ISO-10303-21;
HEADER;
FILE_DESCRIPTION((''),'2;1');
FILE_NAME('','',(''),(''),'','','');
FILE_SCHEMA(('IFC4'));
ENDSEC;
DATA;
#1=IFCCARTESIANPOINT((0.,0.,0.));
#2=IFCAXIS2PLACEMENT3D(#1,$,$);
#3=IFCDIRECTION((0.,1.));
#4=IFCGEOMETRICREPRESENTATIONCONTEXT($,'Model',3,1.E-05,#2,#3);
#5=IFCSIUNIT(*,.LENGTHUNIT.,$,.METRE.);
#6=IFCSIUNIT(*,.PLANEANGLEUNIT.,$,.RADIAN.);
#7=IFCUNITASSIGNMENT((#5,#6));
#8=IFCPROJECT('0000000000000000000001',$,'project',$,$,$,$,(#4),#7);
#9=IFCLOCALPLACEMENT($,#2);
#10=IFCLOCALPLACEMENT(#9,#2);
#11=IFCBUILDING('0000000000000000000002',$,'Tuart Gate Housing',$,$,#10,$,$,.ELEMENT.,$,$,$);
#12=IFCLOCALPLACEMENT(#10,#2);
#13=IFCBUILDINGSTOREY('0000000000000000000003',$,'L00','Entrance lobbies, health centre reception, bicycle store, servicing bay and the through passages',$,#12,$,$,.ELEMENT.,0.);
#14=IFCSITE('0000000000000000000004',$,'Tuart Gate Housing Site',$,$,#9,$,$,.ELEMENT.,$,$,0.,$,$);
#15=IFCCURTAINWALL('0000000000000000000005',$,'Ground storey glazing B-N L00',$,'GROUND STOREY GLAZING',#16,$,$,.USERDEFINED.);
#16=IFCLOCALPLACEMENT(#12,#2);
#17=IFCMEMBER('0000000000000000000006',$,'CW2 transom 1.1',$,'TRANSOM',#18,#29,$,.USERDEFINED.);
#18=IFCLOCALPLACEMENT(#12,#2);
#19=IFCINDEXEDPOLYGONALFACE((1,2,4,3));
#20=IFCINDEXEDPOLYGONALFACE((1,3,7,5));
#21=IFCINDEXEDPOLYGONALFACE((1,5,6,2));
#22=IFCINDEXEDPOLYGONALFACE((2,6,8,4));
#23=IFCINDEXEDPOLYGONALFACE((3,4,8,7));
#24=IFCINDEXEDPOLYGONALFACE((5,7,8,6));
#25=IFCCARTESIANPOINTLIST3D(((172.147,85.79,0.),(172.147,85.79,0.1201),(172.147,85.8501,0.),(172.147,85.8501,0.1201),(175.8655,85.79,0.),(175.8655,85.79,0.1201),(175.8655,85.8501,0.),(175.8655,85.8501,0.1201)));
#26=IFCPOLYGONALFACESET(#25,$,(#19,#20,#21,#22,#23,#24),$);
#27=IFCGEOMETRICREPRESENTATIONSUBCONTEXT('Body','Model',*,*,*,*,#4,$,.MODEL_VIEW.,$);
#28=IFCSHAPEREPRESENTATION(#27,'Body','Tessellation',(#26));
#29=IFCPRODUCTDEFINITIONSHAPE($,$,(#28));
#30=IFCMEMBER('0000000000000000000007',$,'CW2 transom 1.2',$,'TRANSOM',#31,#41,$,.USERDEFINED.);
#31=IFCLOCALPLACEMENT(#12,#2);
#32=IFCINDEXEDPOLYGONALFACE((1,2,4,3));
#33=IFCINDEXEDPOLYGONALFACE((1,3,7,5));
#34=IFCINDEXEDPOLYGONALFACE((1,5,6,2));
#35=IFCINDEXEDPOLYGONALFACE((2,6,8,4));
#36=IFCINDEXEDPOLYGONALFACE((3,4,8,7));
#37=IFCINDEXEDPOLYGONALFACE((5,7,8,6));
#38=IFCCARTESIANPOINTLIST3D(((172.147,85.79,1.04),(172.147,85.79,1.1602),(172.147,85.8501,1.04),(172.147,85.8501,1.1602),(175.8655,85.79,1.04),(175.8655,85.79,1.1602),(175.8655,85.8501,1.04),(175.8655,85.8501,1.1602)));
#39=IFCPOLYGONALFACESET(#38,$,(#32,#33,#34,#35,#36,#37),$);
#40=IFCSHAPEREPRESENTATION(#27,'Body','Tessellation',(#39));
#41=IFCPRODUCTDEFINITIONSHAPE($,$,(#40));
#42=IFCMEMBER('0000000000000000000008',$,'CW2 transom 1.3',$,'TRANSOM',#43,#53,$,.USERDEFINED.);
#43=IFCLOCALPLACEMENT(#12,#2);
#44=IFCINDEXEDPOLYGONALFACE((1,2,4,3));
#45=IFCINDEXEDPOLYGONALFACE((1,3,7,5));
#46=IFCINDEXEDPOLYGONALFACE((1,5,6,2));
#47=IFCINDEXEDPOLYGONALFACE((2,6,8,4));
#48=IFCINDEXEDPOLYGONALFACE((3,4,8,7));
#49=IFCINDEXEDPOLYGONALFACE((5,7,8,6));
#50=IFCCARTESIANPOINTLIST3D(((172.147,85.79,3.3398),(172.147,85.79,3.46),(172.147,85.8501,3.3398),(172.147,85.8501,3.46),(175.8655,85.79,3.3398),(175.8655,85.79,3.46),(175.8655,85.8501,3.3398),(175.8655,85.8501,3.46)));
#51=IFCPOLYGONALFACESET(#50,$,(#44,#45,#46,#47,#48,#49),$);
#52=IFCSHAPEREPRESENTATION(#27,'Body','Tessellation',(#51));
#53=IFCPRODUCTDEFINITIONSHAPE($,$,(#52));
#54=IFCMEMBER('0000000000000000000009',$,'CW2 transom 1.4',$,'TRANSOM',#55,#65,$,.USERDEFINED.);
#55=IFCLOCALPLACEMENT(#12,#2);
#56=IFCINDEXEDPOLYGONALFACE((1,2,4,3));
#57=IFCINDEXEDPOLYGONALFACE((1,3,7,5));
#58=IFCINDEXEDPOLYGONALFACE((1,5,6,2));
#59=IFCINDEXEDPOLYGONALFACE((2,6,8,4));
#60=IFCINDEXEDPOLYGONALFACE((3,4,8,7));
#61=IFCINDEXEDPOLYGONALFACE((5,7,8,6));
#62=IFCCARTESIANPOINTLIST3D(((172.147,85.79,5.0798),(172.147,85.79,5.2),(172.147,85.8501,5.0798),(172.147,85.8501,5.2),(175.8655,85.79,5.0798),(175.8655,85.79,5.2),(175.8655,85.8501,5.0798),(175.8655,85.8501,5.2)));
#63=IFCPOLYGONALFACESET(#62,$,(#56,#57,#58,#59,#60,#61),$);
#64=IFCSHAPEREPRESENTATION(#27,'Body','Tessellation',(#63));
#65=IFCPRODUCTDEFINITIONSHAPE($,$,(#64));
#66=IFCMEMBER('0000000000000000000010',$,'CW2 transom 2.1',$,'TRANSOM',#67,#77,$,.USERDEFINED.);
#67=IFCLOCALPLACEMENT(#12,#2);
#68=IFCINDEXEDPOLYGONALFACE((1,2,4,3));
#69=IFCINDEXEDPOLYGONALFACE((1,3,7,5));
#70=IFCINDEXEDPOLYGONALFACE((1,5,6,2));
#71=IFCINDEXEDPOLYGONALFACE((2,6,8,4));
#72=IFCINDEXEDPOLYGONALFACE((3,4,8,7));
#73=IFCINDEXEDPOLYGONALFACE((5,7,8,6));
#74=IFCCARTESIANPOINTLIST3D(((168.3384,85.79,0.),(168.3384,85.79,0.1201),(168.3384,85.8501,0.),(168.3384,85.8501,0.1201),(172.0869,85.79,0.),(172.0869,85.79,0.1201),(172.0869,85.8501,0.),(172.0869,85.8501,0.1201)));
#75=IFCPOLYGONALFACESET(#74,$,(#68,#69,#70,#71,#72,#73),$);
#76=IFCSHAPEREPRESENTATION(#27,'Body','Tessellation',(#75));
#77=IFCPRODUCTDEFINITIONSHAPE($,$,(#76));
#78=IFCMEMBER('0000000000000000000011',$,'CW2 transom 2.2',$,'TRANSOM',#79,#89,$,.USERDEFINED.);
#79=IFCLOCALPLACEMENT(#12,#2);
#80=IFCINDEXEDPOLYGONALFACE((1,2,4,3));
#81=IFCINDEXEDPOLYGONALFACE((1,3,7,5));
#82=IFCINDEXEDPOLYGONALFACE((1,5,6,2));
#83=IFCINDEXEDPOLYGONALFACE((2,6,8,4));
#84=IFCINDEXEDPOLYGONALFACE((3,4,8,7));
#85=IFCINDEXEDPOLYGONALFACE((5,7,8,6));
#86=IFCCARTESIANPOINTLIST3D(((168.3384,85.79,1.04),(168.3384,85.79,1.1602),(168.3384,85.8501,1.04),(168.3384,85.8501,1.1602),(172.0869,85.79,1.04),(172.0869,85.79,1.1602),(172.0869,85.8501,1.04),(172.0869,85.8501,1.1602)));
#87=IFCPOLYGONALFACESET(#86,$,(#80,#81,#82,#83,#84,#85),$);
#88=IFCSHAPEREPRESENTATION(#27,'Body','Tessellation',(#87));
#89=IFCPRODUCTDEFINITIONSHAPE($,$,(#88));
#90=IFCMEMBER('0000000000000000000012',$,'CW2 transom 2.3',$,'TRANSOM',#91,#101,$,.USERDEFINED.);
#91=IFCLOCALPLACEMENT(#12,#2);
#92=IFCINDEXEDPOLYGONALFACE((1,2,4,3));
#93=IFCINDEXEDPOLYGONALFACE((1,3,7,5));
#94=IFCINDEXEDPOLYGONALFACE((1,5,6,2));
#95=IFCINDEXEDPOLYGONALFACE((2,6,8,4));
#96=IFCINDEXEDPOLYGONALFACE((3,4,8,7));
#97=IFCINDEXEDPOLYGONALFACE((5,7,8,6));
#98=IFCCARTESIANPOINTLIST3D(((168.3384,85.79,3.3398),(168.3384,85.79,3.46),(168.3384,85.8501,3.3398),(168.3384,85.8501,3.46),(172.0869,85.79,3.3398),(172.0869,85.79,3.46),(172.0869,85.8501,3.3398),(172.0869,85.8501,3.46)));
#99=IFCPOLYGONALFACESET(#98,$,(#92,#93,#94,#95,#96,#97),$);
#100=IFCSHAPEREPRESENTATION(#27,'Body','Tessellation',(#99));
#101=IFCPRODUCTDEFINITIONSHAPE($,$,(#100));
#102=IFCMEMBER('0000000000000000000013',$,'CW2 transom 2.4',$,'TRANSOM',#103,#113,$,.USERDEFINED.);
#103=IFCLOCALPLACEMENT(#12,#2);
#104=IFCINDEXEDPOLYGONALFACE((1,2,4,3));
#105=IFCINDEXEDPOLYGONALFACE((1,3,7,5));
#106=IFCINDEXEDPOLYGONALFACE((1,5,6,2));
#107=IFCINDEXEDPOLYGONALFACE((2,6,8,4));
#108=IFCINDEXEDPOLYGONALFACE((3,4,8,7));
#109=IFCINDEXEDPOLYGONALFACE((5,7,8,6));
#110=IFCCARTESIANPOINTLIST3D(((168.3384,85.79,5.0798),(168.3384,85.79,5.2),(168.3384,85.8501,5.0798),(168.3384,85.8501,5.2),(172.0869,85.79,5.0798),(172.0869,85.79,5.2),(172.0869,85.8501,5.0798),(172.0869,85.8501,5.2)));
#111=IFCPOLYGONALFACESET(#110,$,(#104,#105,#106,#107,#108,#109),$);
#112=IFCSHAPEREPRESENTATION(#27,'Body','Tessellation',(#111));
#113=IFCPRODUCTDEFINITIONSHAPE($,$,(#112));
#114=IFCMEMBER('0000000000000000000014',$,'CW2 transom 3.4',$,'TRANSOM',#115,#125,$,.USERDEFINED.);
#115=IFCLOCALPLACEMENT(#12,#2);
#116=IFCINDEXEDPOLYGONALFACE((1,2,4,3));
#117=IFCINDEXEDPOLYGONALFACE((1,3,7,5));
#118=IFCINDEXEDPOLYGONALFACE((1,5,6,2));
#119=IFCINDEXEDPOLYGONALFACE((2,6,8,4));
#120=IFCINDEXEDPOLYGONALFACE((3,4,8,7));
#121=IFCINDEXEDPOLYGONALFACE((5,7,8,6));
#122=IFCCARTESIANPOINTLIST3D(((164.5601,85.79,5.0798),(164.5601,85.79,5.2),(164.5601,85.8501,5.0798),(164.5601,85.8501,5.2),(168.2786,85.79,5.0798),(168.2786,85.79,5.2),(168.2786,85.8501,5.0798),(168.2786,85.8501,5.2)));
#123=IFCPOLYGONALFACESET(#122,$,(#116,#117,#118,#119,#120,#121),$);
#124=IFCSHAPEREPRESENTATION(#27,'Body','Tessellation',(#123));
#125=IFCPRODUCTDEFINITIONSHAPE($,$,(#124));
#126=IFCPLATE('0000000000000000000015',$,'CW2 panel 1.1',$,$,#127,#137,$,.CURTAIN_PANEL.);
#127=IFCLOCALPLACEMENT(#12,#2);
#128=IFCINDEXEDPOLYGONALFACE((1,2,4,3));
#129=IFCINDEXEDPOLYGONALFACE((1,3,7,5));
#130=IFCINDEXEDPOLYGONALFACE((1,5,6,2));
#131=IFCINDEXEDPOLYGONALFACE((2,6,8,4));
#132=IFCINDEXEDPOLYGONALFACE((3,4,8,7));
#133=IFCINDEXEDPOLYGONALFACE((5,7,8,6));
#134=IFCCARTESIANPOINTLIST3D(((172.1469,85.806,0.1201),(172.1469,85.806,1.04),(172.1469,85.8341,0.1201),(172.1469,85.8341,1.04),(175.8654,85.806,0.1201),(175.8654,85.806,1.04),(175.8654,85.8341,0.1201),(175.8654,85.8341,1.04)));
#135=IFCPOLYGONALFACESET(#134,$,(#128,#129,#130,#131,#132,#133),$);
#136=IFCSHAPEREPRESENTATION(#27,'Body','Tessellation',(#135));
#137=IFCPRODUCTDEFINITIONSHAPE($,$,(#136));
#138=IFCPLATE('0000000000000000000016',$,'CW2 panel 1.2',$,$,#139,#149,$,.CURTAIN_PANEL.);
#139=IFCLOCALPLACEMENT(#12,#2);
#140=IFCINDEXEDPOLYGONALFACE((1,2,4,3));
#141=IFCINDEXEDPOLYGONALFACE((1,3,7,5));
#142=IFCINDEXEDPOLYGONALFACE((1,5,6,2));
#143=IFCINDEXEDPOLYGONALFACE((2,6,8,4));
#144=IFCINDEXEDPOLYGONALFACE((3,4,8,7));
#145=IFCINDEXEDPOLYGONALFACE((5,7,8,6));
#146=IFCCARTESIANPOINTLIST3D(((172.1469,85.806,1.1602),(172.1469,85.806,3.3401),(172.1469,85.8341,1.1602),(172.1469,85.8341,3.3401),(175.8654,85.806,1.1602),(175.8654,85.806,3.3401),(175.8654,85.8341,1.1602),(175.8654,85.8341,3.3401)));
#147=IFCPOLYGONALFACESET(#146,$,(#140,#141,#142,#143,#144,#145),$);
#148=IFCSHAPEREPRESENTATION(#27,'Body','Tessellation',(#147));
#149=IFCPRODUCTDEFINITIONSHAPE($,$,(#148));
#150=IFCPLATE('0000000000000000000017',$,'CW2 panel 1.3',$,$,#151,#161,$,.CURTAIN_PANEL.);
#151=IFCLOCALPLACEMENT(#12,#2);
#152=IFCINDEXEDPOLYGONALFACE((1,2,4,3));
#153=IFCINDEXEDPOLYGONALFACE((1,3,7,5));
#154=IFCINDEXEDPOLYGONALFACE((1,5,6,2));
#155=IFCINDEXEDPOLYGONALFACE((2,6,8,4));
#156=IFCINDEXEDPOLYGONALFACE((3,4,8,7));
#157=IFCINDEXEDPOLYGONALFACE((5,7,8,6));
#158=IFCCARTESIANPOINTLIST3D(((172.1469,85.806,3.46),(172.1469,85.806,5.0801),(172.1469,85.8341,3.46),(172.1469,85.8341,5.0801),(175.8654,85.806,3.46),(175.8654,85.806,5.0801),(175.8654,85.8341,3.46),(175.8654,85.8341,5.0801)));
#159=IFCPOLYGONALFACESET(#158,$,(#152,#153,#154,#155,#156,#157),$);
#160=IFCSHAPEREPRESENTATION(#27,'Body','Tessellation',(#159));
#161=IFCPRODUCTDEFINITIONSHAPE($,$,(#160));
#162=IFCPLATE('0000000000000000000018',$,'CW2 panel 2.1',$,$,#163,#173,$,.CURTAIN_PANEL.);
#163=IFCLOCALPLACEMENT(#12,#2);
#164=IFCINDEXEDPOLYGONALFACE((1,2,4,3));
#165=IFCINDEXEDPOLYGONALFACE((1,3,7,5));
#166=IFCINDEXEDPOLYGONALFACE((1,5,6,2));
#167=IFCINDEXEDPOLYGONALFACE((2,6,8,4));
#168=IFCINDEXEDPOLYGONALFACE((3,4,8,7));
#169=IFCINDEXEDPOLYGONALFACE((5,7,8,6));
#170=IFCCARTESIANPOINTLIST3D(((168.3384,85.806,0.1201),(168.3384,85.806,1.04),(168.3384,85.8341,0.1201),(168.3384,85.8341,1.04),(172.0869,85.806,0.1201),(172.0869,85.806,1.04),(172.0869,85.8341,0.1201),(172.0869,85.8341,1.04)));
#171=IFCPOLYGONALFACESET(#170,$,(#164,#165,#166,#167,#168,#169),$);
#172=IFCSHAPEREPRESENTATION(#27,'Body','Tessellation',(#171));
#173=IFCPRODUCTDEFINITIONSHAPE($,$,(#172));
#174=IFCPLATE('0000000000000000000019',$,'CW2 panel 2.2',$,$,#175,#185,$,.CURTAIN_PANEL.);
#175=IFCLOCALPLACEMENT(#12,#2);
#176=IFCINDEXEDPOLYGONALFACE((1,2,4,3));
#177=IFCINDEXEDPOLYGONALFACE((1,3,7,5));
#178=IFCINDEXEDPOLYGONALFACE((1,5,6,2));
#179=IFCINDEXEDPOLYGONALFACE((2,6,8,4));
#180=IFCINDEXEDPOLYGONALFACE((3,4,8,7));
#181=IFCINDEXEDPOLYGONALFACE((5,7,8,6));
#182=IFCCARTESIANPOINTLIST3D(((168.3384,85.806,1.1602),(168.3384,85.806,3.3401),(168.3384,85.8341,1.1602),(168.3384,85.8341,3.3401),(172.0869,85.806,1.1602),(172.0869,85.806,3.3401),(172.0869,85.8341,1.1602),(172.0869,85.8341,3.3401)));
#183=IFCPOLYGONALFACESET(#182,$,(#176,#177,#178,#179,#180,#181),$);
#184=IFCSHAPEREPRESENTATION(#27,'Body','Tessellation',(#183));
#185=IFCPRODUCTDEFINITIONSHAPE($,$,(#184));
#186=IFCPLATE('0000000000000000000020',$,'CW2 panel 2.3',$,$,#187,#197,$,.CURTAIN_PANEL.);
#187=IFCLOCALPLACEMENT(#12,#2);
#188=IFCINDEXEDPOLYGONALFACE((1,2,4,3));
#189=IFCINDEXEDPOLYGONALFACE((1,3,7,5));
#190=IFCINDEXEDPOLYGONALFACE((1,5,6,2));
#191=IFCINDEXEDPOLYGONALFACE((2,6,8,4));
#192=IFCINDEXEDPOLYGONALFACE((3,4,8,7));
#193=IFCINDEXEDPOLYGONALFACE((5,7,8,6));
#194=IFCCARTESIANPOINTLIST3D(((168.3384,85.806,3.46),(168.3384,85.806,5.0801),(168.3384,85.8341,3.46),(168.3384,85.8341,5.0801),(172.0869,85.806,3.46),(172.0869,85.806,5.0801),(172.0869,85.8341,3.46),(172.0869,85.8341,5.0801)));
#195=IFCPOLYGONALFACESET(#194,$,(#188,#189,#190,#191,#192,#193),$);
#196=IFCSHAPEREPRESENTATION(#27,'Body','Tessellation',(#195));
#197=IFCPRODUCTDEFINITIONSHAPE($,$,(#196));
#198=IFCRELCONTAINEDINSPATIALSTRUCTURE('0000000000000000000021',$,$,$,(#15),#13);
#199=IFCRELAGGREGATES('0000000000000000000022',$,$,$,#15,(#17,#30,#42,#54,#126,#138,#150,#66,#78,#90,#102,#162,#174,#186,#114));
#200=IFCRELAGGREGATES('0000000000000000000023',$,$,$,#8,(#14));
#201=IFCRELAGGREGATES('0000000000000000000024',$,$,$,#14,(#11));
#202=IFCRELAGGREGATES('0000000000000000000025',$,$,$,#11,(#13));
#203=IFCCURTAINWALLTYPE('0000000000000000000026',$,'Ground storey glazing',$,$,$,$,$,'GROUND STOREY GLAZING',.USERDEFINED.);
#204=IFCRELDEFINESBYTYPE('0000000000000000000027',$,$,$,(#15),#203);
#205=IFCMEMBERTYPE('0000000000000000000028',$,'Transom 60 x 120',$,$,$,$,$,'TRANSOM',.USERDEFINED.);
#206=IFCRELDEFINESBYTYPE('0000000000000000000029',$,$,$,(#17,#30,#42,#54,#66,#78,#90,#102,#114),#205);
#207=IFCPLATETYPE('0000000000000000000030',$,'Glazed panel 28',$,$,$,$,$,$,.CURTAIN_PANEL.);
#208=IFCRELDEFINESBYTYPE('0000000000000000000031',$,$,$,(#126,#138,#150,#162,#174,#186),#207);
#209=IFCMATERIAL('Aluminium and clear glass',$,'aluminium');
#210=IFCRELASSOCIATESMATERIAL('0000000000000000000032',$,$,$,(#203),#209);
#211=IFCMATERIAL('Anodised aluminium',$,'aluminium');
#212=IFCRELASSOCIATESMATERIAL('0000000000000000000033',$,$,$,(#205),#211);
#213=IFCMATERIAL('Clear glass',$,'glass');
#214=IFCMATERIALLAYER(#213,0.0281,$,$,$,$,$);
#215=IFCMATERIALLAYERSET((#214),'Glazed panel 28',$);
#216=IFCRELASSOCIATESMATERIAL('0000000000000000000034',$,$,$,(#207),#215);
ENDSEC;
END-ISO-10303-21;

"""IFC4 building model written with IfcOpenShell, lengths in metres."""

from ifc_helpers import new_model, si_unit, direction, frame, origin, origin_2d, place, context, subcontext, project, spatial, rectangle, extrude, material, layer, layer_set, material_profile, profile_set, type_object, element, aggregate, save


model = new_model("IFC4")

# Units and contexts
model_context = context("Model", 3, precision=1e-05, world=origin(), true_north=direction((0.0, 1.0)))
body_context = subcontext(model_context, "Body", "Model", "MODEL_VIEW")
ifc_project = project(units=[si_unit("LENGTHUNIT", "METRE"), si_unit("PLANEANGLEUNIT", "RADIAN")], contexts=[model_context])

# Site, building, storey
site_placement = place(None, origin())
site = spatial("IfcSite", under=ifc_project, at=site_placement, Name="Tuart Gate Housing Site", CompositionType="ELEMENT", RefElevation=0.0)
building_placement = place(site_placement, origin())
building = spatial("IfcBuilding", under=site, at=building_placement, Name="Tuart Gate Housing", CompositionType="ELEMENT")
storey_placement = place(building_placement, origin())
storey = spatial("IfcBuildingStorey", under=building, at=storey_placement, Name="L00", Description="Entrance lobbies, health centre reception, bicycle store, servicing bay and the through passages", CompositionType="ELEMENT", Elevation=0.0)

# Curtain wall, members, plates
ifc_material_1 = material(Name="Aluminium and clear glass", Category="aluminium")
curtain_wall_type = type_object("IfcCurtainWallType", Name="Ground storey glazing", ElementType="GROUND STOREY GLAZING", PredefinedType="USERDEFINED", material=ifc_material_1)
curtain_wall_placement = place(storey_placement, origin())
curtain_wall = element("IfcCurtainWall", 1, at=curtain_wall_placement, inside=storey, type_object=curtain_wall_type, Name="Ground storey glazing B-N L00", ObjectType="GROUND STOREY GLAZING", PredefinedType="USERDEFINED")
ifc_material_2 = material(Name="Anodised aluminium", Category="aluminium")
ifc_material_profile_1 = material_profile(ifc_material_2, rectangle(XDim=0.0601, YDim=0.1201, at=origin_2d()), Name="60x120")
ifc_profile_set_1 = profile_set([ifc_material_profile_1], Name="Anodised aluminium")
member_type_1 = type_object("IfcMemberType", Name="Transom 60 x 120", ElementType="TRANSOM", PredefinedType="USERDEFINED", material=ifc_profile_set_1)
member_1_placement = place(storey_placement, frame((175.8655, 85.8201, 0.0601), z_axis=(-1.0, 0.0, 0.0), x_axis=(0.0, -1.0, 0.0)))
member_1 = element("IfcMember", 2, at=member_1_placement, type_object=member_type_1, Name="CW2 transom 1.1", ObjectType="TRANSOM", PredefinedType="USERDEFINED", context=body_context, shape_type="SweptSolid", body=[
    extrude(rectangle(XDim=0.0601, YDim=0.1201, at=origin_2d()), origin(), (0.0, 0.0, 1.0), 3.7185),
])
member_2_placement = place(storey_placement, frame((175.8655, 85.8201, 1.1001), z_axis=(-1.0, 0.0, 0.0), x_axis=(0.0, -1.0, 0.0)))
member_2 = element("IfcMember", 3, at=member_2_placement, type_object=member_type_1, Name="CW2 transom 1.2", ObjectType="TRANSOM", PredefinedType="USERDEFINED", context=body_context, shape_type="SweptSolid", body=[
    extrude(rectangle(XDim=0.0601, YDim=0.1201, at=origin_2d()), origin(), (0.0, 0.0, 1.0), 3.7185),
])
member_3_placement = place(storey_placement, frame((175.8655, 85.8201, 3.3999), z_axis=(-1.0, 0.0, 0.0), x_axis=(0.0, -1.0, 0.0)))
member_3 = element("IfcMember", 4, at=member_3_placement, type_object=member_type_1, Name="CW2 transom 1.3", ObjectType="TRANSOM", PredefinedType="USERDEFINED", context=body_context, shape_type="SweptSolid", body=[
    extrude(rectangle(XDim=0.0601, YDim=0.1201, at=origin_2d()), origin(), (0.0, 0.0, 1.0), 3.7185),
])
member_4_placement = place(storey_placement, frame((175.8655, 85.8201, 5.1399), z_axis=(-1.0, 0.0, 0.0), x_axis=(0.0, -1.0, 0.0)))
member_4 = element("IfcMember", 5, at=member_4_placement, type_object=member_type_1, Name="CW2 transom 1.4", ObjectType="TRANSOM", PredefinedType="USERDEFINED", context=body_context, shape_type="SweptSolid", body=[
    extrude(rectangle(XDim=0.0601, YDim=0.1201, at=origin_2d()), origin(), (0.0, 0.0, 1.0), 3.7185),
])
member_5_placement = place(storey_placement, frame((172.0869, 85.8201, 0.0601), z_axis=(-1.0, 0.0, 0.0), x_axis=(0.0, -1.0, 0.0)))
member_5 = element("IfcMember", 6, at=member_5_placement, type_object=member_type_1, Name="CW2 transom 2.1", ObjectType="TRANSOM", PredefinedType="USERDEFINED", context=body_context, shape_type="SweptSolid", body=[
    extrude(rectangle(XDim=0.0601, YDim=0.1201, at=origin_2d()), origin(), (0.0, 0.0, 1.0), 3.7485),
])
member_6_placement = place(storey_placement, frame((172.0869, 85.8201, 1.1001), z_axis=(-1.0, 0.0, 0.0), x_axis=(0.0, -1.0, 0.0)))
member_6 = element("IfcMember", 7, at=member_6_placement, type_object=member_type_1, Name="CW2 transom 2.2", ObjectType="TRANSOM", PredefinedType="USERDEFINED", context=body_context, shape_type="SweptSolid", body=[
    extrude(rectangle(XDim=0.0601, YDim=0.1201, at=origin_2d()), origin(), (0.0, 0.0, 1.0), 3.7485),
])
member_7_placement = place(storey_placement, frame((172.0869, 85.8201, 3.3999), z_axis=(-1.0, 0.0, 0.0), x_axis=(0.0, -1.0, 0.0)))
member_7 = element("IfcMember", 8, at=member_7_placement, type_object=member_type_1, Name="CW2 transom 2.3", ObjectType="TRANSOM", PredefinedType="USERDEFINED", context=body_context, shape_type="SweptSolid", body=[
    extrude(rectangle(XDim=0.0601, YDim=0.1201, at=origin_2d()), origin(), (0.0, 0.0, 1.0), 3.7485),
])
member_8_placement = place(storey_placement, frame((172.0869, 85.8201, 5.1399), z_axis=(-1.0, 0.0, 0.0), x_axis=(0.0, -1.0, 0.0)))
member_8 = element("IfcMember", 9, at=member_8_placement, type_object=member_type_1, Name="CW2 transom 2.4", ObjectType="TRANSOM", PredefinedType="USERDEFINED", context=body_context, shape_type="SweptSolid", body=[
    extrude(rectangle(XDim=0.0601, YDim=0.1201, at=origin_2d()), origin(), (0.0, 0.0, 1.0), 3.7485),
])
member_9_placement = place(storey_placement, frame((168.2786, 85.8201, 5.1399), z_axis=(-1.0, 0.0, 0.0), x_axis=(0.0, -1.0, 0.0)))
member_9 = element("IfcMember", 10, at=member_9_placement, type_object=member_type_1, Name="CW2 transom 3.4", ObjectType="TRANSOM", PredefinedType="USERDEFINED", context=body_context, shape_type="SweptSolid", body=[
    extrude(rectangle(XDim=0.0601, YDim=0.1201, at=origin_2d()), origin(), (0.0, 0.0, 1.0), 3.7185),
])
ifc_material_3 = material(Name="Clear glass", Category="glass")
ifc_layer = layer(ifc_material_3, 0.0281)
ifc_layer_set = layer_set([ifc_layer], Name="Glazed panel 28")
plate_type = type_object("IfcPlateType", Name="Glazed panel 28", PredefinedType="CURTAIN_PANEL", material=ifc_layer_set)
plate_1_placement = place(storey_placement, frame((174.0061, 85.8201, 0.1201), z_axis=(0.0, 0.0, 1.0), x_axis=(-1.0, 0.0, 0.0)))
plate_1 = element("IfcPlate", 11, at=plate_1_placement, type_object=plate_type, Name="CW2 panel 1.1", PredefinedType="CURTAIN_PANEL", context=body_context, shape_type="SweptSolid", body=[
    extrude(rectangle(XDim=3.7185, YDim=0.0281, at=origin_2d()), origin(), (0.0, 0.0, 1.0), 0.9199),
])
plate_2_placement = place(storey_placement, frame((174.0061, 85.8201, 1.1602), z_axis=(0.0, 0.0, 1.0), x_axis=(-1.0, 0.0, 0.0)))
plate_2 = element("IfcPlate", 12, at=plate_2_placement, type_object=plate_type, Name="CW2 panel 1.2", PredefinedType="CURTAIN_PANEL", context=body_context, shape_type="SweptSolid", body=[
    extrude(rectangle(XDim=3.7185, YDim=0.0281, at=origin_2d()), origin(), (0.0, 0.0, 1.0), 2.1799),
])
plate_3_placement = place(storey_placement, frame((174.0061, 85.8201, 3.46), z_axis=(0.0, 0.0, 1.0), x_axis=(-1.0, 0.0, 0.0)))
plate_3 = element("IfcPlate", 13, at=plate_3_placement, type_object=plate_type, Name="CW2 panel 1.3", PredefinedType="CURTAIN_PANEL", context=body_context, shape_type="SweptSolid", body=[
    extrude(rectangle(XDim=3.7185, YDim=0.0281, at=origin_2d()), origin(), (0.0, 0.0, 1.0), 1.6201),
])
plate_4_placement = place(storey_placement, frame((170.2126, 85.8201, 0.1201), z_axis=(0.0, 0.0, 1.0), x_axis=(-1.0, 0.0, 0.0)))
plate_4 = element("IfcPlate", 14, at=plate_4_placement, type_object=plate_type, Name="CW2 panel 2.1", PredefinedType="CURTAIN_PANEL", context=body_context, shape_type="SweptSolid", body=[
    extrude(rectangle(XDim=3.7485, YDim=0.0281, at=origin_2d()), origin(), (0.0, 0.0, 1.0), 0.9199),
])
plate_5_placement = place(storey_placement, frame((170.2126, 85.8201, 1.1602), z_axis=(0.0, 0.0, 1.0), x_axis=(-1.0, 0.0, 0.0)))
plate_5 = element("IfcPlate", 15, at=plate_5_placement, type_object=plate_type, Name="CW2 panel 2.2", PredefinedType="CURTAIN_PANEL", context=body_context, shape_type="SweptSolid", body=[
    extrude(rectangle(XDim=3.7485, YDim=0.0281, at=origin_2d()), origin(), (0.0, 0.0, 1.0), 2.1799),
])
plate_6_placement = place(storey_placement, frame((170.2126, 85.8201, 3.46), z_axis=(0.0, 0.0, 1.0), x_axis=(-1.0, 0.0, 0.0)))
plate_6 = element("IfcPlate", 16, at=plate_6_placement, type_object=plate_type, Name="CW2 panel 2.3", PredefinedType="CURTAIN_PANEL", context=body_context, shape_type="SweptSolid", body=[
    extrude(rectangle(XDim=3.7485, YDim=0.0281, at=origin_2d()), origin(), (0.0, 0.0, 1.0), 1.6201),
])
aggregate(curtain_wall, [member_1, member_2, member_3, member_4, plate_1, plate_2, plate_3, member_5, member_6, member_7, member_8, plate_4, plate_5, plate_6, member_9])

save(model, "model.ifc")
